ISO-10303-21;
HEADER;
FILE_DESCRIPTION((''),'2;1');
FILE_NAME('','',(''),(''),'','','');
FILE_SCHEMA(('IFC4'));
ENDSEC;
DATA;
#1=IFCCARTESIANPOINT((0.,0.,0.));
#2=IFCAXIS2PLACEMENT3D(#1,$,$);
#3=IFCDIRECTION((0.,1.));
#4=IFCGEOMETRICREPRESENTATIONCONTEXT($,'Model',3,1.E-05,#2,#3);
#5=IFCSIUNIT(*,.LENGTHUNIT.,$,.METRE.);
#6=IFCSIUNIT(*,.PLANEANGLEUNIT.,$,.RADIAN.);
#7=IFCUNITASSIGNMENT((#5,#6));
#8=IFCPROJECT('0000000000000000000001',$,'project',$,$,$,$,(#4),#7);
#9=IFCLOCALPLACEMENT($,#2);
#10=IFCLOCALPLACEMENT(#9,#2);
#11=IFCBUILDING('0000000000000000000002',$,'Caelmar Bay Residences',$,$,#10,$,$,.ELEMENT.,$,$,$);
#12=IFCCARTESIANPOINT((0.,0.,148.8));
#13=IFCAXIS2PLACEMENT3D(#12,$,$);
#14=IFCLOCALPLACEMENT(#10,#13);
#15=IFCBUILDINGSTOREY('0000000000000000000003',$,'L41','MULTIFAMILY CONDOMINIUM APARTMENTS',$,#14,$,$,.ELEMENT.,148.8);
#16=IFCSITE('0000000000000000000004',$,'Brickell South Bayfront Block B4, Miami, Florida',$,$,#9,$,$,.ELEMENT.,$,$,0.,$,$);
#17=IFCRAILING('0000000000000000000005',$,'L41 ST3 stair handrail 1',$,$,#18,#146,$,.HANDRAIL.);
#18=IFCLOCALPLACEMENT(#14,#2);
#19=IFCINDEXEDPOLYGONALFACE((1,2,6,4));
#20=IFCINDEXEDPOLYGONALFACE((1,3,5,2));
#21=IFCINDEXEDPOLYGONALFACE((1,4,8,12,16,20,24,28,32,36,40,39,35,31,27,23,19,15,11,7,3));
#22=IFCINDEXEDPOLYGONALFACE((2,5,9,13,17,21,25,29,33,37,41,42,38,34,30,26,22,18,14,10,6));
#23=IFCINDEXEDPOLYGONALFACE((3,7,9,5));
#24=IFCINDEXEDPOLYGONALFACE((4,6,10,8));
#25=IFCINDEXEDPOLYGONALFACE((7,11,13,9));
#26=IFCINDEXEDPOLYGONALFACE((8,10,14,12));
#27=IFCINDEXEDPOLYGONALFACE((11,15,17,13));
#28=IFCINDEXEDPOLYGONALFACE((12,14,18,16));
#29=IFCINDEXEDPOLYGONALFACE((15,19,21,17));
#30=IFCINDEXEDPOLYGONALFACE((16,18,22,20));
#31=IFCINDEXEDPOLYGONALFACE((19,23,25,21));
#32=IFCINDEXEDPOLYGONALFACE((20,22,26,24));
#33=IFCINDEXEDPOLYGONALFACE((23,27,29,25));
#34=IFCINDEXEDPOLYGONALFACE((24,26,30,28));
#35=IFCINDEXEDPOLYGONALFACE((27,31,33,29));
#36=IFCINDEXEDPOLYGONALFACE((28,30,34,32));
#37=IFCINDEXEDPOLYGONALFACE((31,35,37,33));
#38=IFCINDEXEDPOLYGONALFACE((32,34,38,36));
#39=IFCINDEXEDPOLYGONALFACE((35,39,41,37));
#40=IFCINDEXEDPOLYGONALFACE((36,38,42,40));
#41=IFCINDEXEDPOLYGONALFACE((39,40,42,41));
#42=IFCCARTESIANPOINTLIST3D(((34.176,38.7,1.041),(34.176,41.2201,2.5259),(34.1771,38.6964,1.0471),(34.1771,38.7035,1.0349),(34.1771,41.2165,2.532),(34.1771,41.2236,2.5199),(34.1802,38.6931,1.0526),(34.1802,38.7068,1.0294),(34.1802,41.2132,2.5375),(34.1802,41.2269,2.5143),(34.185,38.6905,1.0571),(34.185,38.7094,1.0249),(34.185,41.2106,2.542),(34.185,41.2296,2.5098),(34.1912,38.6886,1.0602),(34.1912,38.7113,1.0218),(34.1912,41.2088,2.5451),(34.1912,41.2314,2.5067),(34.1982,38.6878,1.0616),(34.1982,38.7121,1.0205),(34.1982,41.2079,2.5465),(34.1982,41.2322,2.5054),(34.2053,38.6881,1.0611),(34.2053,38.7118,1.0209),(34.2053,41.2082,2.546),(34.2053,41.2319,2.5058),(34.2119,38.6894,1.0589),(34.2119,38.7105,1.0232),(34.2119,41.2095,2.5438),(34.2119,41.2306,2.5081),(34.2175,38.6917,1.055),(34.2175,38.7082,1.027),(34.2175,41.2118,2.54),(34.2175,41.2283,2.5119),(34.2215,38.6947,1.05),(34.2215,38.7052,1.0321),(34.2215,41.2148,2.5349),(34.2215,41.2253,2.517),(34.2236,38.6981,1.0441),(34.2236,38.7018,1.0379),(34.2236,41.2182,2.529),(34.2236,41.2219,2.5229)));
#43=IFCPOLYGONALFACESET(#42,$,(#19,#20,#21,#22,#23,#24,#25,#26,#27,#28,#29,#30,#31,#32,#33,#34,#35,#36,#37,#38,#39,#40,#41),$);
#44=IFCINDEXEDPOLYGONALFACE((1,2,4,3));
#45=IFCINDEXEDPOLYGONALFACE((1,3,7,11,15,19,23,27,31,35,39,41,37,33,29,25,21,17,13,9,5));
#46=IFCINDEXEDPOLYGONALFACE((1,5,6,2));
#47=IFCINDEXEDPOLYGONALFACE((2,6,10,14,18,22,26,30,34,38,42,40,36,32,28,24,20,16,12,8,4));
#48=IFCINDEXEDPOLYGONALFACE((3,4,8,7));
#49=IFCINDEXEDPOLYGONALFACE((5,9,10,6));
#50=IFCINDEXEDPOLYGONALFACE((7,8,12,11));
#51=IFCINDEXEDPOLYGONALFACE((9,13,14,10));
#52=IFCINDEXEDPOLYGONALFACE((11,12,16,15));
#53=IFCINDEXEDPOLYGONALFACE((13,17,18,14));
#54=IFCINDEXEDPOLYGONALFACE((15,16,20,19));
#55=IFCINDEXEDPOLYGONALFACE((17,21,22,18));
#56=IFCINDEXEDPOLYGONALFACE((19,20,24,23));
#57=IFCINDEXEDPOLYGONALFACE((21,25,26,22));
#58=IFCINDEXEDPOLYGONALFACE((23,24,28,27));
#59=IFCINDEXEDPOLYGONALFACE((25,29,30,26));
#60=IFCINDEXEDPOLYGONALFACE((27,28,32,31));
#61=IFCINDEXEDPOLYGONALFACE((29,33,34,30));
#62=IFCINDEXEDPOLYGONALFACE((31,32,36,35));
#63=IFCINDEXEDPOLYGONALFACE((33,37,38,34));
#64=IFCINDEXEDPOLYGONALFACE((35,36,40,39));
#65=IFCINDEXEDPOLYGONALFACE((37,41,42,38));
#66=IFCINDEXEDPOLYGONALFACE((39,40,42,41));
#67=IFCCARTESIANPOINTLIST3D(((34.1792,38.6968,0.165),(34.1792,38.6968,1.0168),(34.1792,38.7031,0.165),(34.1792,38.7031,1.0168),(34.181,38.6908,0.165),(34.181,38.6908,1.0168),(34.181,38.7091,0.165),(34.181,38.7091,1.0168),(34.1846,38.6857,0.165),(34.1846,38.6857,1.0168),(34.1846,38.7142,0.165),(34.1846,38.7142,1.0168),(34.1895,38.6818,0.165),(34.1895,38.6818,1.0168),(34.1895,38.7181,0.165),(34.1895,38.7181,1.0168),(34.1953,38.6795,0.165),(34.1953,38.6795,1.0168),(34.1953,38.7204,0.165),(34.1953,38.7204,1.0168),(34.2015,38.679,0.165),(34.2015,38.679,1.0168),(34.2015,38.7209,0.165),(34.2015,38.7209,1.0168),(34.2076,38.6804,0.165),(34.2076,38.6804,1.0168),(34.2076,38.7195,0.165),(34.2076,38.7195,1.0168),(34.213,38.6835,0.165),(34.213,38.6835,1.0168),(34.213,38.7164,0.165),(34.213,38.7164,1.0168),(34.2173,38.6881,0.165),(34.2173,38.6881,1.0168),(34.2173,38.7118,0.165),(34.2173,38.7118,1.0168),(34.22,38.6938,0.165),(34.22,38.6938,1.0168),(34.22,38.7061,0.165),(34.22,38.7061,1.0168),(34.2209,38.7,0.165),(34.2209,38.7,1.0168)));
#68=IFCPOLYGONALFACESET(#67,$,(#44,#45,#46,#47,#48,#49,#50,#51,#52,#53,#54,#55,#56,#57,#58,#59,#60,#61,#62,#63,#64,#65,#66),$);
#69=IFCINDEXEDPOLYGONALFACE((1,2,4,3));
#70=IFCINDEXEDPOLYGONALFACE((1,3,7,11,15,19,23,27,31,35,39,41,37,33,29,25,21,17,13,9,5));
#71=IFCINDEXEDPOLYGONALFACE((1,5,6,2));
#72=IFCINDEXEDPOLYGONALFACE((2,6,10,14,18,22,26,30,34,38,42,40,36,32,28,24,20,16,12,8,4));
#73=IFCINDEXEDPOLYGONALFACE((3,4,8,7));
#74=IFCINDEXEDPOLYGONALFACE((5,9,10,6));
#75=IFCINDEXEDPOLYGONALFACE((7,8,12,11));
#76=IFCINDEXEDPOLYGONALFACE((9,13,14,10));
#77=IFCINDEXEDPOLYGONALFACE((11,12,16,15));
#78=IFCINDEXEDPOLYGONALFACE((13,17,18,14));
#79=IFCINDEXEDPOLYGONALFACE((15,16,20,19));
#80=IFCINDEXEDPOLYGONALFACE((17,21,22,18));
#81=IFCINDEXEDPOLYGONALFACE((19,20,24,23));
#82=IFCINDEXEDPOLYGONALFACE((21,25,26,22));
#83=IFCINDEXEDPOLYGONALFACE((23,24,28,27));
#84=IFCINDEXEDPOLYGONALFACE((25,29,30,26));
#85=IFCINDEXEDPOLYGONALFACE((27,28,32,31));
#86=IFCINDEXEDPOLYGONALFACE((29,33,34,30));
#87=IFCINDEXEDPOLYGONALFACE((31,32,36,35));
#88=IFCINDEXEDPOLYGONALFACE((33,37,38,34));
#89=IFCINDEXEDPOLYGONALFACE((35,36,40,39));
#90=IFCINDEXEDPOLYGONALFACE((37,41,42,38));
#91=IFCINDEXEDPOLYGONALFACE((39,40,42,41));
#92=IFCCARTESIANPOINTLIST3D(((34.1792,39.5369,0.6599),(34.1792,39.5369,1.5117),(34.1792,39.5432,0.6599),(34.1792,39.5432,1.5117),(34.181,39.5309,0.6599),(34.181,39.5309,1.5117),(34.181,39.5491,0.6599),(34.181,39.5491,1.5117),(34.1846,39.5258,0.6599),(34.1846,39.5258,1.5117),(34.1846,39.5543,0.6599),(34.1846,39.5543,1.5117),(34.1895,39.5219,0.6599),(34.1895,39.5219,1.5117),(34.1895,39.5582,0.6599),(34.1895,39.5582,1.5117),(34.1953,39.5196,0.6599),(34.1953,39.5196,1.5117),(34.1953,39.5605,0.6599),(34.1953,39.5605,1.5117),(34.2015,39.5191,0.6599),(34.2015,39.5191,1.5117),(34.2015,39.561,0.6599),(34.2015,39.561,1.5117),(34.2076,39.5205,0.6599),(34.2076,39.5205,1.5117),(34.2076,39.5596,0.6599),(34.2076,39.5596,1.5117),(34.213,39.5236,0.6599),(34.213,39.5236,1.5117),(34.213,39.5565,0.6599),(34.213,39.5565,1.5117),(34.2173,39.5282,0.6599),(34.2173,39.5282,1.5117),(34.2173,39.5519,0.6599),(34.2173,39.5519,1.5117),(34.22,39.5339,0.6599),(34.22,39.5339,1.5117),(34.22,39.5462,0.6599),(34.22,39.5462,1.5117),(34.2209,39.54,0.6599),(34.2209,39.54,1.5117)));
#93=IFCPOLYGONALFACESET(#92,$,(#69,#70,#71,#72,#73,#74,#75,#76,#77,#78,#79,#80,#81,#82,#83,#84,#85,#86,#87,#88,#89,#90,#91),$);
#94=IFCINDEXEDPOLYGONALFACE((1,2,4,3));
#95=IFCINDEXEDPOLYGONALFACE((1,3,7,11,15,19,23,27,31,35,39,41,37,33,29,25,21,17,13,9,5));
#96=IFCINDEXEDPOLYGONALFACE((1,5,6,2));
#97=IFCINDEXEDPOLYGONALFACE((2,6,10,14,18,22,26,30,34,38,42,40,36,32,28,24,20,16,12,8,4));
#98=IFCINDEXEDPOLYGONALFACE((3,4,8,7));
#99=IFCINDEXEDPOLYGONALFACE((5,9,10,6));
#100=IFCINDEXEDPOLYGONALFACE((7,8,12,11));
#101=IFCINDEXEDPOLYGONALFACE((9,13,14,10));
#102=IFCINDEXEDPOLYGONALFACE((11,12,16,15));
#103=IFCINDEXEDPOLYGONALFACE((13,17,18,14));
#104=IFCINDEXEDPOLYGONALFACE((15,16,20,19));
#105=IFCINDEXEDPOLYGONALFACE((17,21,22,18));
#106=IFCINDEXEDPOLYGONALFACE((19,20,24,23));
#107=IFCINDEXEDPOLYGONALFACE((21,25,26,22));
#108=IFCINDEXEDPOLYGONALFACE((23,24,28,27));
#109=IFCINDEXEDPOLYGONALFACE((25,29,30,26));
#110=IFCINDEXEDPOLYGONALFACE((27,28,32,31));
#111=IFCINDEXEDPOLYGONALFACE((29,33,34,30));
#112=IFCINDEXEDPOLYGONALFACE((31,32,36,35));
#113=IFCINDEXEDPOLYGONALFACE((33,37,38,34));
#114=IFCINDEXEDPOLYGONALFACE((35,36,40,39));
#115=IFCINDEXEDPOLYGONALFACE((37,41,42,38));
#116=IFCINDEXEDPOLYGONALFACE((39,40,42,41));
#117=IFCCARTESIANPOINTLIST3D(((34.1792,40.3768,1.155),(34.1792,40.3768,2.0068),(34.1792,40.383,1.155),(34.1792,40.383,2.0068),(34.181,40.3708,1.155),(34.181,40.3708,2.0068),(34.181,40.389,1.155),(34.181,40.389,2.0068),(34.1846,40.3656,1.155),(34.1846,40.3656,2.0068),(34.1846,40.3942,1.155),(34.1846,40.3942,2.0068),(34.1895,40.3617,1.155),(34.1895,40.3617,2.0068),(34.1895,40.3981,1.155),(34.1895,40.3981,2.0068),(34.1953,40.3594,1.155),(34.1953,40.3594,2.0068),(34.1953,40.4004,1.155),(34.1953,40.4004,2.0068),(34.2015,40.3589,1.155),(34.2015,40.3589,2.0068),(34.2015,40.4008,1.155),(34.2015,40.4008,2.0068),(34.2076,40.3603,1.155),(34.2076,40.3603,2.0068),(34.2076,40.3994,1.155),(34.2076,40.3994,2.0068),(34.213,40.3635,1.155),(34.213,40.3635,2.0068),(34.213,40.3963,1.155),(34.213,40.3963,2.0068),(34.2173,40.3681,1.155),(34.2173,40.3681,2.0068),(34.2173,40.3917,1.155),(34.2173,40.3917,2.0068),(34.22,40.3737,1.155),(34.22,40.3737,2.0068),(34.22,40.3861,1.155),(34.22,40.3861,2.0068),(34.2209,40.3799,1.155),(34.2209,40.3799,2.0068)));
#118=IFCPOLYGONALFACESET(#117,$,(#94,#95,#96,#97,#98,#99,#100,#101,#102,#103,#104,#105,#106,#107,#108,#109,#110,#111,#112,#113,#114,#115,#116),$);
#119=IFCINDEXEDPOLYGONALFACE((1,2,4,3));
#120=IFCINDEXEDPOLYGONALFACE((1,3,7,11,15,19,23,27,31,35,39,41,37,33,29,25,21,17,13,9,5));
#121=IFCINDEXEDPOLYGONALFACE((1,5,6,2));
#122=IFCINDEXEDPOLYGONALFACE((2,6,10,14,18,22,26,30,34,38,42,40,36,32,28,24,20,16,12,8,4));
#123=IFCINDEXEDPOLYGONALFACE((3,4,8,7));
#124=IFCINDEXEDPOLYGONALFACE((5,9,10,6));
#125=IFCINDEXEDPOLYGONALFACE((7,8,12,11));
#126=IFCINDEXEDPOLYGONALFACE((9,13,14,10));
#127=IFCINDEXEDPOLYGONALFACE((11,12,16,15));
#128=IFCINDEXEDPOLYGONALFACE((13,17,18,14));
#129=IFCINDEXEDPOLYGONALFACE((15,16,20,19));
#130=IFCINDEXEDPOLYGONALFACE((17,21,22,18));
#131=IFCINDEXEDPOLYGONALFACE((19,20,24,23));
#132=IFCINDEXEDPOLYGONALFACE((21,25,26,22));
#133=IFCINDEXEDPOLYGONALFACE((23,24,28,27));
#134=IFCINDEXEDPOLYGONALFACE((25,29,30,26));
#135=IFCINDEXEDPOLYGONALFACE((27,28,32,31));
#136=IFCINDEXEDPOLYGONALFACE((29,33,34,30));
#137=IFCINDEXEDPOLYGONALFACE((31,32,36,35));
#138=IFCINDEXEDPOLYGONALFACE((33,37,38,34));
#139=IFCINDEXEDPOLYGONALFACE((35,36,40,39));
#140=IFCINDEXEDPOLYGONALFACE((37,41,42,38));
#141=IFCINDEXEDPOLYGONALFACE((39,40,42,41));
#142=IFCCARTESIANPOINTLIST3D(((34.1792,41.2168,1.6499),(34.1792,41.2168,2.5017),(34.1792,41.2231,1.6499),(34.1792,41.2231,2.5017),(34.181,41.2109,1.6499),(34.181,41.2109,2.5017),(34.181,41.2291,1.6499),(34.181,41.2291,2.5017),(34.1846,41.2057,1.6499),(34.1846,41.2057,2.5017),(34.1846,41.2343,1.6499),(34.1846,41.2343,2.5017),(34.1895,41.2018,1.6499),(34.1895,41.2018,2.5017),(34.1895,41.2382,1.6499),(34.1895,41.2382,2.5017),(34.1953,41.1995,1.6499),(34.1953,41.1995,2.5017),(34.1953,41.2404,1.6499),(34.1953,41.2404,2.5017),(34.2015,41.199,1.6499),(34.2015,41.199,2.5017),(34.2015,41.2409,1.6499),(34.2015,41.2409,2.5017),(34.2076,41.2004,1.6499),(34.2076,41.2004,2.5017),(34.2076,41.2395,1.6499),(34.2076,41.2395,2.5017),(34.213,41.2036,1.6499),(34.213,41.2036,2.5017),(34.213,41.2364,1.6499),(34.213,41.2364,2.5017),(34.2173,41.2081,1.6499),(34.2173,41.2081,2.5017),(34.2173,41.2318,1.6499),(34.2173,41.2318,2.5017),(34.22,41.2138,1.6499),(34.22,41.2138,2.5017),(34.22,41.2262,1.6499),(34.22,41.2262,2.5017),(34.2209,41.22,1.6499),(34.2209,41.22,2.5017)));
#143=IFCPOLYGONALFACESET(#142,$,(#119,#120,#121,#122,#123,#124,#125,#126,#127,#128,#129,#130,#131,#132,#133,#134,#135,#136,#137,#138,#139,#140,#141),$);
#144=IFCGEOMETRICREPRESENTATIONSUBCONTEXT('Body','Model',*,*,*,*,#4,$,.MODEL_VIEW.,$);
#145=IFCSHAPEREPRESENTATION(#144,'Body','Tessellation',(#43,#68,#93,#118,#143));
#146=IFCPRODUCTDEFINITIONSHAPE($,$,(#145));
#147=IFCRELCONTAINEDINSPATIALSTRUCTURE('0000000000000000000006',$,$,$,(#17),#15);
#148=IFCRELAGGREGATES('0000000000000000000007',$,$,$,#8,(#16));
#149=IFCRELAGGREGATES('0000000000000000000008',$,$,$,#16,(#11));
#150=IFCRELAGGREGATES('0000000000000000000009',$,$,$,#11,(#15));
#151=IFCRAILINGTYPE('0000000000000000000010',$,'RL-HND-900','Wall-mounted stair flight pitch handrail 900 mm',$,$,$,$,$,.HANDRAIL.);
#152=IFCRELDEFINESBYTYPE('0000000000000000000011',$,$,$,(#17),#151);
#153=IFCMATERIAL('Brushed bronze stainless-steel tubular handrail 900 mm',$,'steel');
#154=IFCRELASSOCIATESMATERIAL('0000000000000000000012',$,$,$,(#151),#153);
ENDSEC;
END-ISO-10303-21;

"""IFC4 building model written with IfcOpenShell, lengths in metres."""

from ifc_helpers import new_model, si_unit, direction, frame, origin, origin_2d, place, context, subcontext, project, spatial, circle, extrude, material, type_object, element, save


model = new_model("IFC4")

# Units and contexts
model_context = context("Model", 3, precision=1e-05, world=origin(), true_north=direction((0.0, 1.0)))
body_context = subcontext(model_context, "Body", "Model", "MODEL_VIEW")
ifc_project = project(units=[si_unit("LENGTHUNIT", "METRE"), si_unit("PLANEANGLEUNIT", "RADIAN")], contexts=[model_context])

# Site, building, storey
site_placement = place(None, origin())
site = spatial("IfcSite", under=ifc_project, at=site_placement, Name="Brickell South Bayfront Block B4, Miami, Florida", CompositionType="ELEMENT", RefElevation=0.0)
building_placement = place(site_placement, origin())
building = spatial("IfcBuilding", under=site, at=building_placement, Name="Caelmar Bay Residences", CompositionType="ELEMENT")
storey_placement = place(building_placement, frame((0.0, 0.0, 148.8)))
storey = spatial("IfcBuildingStorey", under=building, at=storey_placement, Name="L41", Description="MULTIFAMILY CONDOMINIUM APARTMENTS", CompositionType="ELEMENT", Elevation=148.8)

# Railing
ifc_material_1 = material(Name="Brushed bronze stainless-steel tubular handrail 900 mm", Category="steel")
railing_type_1 = type_object("IfcRailingType", Name="RL-HND-900", Description="Wall-mounted stair flight pitch handrail 900 mm", PredefinedType="HANDRAIL", material=ifc_material_1)
railing_1_placement = place(storey_placement, frame((34.2, 38.7, 0.165)))
element("IfcRailing", 1, at=railing_1_placement, inside=storey, type_object=railing_type_1, Name="L41 ST3 stair handrail 1", PredefinedType="HANDRAIL", context=body_context, shape_type="SweptSolid", body=[
    extrude(circle(Radius=0.0239, at=origin_2d()), frame((0.0, 0.0, 0.876), z_axis=(0.0, 0.861561, 0.507655), x_axis=(-1.0, 0.0, 0.0)), (0.0, 0.0, 1.0), 2.925),
    extrude(circle(Radius=0.021, at=origin_2d()), origin(), (0.0, 0.0, 1.0), 0.8518),
    extrude(circle(Radius=0.021, at=origin_2d()), frame((0.0, 0.8401, 0.4949)), (0.0, 0.0, 1.0), 0.8518),
    extrude(circle(Radius=0.021, at=origin_2d()), frame((0.0, 1.6799, 0.99)), (0.0, 0.0, 1.0), 0.8518),
    extrude(circle(Radius=0.021, at=origin_2d()), frame((0.0, 2.52, 1.4849)), (0.0, 0.0, 1.0), 0.8518),
])

save(model, "model.ifc")
